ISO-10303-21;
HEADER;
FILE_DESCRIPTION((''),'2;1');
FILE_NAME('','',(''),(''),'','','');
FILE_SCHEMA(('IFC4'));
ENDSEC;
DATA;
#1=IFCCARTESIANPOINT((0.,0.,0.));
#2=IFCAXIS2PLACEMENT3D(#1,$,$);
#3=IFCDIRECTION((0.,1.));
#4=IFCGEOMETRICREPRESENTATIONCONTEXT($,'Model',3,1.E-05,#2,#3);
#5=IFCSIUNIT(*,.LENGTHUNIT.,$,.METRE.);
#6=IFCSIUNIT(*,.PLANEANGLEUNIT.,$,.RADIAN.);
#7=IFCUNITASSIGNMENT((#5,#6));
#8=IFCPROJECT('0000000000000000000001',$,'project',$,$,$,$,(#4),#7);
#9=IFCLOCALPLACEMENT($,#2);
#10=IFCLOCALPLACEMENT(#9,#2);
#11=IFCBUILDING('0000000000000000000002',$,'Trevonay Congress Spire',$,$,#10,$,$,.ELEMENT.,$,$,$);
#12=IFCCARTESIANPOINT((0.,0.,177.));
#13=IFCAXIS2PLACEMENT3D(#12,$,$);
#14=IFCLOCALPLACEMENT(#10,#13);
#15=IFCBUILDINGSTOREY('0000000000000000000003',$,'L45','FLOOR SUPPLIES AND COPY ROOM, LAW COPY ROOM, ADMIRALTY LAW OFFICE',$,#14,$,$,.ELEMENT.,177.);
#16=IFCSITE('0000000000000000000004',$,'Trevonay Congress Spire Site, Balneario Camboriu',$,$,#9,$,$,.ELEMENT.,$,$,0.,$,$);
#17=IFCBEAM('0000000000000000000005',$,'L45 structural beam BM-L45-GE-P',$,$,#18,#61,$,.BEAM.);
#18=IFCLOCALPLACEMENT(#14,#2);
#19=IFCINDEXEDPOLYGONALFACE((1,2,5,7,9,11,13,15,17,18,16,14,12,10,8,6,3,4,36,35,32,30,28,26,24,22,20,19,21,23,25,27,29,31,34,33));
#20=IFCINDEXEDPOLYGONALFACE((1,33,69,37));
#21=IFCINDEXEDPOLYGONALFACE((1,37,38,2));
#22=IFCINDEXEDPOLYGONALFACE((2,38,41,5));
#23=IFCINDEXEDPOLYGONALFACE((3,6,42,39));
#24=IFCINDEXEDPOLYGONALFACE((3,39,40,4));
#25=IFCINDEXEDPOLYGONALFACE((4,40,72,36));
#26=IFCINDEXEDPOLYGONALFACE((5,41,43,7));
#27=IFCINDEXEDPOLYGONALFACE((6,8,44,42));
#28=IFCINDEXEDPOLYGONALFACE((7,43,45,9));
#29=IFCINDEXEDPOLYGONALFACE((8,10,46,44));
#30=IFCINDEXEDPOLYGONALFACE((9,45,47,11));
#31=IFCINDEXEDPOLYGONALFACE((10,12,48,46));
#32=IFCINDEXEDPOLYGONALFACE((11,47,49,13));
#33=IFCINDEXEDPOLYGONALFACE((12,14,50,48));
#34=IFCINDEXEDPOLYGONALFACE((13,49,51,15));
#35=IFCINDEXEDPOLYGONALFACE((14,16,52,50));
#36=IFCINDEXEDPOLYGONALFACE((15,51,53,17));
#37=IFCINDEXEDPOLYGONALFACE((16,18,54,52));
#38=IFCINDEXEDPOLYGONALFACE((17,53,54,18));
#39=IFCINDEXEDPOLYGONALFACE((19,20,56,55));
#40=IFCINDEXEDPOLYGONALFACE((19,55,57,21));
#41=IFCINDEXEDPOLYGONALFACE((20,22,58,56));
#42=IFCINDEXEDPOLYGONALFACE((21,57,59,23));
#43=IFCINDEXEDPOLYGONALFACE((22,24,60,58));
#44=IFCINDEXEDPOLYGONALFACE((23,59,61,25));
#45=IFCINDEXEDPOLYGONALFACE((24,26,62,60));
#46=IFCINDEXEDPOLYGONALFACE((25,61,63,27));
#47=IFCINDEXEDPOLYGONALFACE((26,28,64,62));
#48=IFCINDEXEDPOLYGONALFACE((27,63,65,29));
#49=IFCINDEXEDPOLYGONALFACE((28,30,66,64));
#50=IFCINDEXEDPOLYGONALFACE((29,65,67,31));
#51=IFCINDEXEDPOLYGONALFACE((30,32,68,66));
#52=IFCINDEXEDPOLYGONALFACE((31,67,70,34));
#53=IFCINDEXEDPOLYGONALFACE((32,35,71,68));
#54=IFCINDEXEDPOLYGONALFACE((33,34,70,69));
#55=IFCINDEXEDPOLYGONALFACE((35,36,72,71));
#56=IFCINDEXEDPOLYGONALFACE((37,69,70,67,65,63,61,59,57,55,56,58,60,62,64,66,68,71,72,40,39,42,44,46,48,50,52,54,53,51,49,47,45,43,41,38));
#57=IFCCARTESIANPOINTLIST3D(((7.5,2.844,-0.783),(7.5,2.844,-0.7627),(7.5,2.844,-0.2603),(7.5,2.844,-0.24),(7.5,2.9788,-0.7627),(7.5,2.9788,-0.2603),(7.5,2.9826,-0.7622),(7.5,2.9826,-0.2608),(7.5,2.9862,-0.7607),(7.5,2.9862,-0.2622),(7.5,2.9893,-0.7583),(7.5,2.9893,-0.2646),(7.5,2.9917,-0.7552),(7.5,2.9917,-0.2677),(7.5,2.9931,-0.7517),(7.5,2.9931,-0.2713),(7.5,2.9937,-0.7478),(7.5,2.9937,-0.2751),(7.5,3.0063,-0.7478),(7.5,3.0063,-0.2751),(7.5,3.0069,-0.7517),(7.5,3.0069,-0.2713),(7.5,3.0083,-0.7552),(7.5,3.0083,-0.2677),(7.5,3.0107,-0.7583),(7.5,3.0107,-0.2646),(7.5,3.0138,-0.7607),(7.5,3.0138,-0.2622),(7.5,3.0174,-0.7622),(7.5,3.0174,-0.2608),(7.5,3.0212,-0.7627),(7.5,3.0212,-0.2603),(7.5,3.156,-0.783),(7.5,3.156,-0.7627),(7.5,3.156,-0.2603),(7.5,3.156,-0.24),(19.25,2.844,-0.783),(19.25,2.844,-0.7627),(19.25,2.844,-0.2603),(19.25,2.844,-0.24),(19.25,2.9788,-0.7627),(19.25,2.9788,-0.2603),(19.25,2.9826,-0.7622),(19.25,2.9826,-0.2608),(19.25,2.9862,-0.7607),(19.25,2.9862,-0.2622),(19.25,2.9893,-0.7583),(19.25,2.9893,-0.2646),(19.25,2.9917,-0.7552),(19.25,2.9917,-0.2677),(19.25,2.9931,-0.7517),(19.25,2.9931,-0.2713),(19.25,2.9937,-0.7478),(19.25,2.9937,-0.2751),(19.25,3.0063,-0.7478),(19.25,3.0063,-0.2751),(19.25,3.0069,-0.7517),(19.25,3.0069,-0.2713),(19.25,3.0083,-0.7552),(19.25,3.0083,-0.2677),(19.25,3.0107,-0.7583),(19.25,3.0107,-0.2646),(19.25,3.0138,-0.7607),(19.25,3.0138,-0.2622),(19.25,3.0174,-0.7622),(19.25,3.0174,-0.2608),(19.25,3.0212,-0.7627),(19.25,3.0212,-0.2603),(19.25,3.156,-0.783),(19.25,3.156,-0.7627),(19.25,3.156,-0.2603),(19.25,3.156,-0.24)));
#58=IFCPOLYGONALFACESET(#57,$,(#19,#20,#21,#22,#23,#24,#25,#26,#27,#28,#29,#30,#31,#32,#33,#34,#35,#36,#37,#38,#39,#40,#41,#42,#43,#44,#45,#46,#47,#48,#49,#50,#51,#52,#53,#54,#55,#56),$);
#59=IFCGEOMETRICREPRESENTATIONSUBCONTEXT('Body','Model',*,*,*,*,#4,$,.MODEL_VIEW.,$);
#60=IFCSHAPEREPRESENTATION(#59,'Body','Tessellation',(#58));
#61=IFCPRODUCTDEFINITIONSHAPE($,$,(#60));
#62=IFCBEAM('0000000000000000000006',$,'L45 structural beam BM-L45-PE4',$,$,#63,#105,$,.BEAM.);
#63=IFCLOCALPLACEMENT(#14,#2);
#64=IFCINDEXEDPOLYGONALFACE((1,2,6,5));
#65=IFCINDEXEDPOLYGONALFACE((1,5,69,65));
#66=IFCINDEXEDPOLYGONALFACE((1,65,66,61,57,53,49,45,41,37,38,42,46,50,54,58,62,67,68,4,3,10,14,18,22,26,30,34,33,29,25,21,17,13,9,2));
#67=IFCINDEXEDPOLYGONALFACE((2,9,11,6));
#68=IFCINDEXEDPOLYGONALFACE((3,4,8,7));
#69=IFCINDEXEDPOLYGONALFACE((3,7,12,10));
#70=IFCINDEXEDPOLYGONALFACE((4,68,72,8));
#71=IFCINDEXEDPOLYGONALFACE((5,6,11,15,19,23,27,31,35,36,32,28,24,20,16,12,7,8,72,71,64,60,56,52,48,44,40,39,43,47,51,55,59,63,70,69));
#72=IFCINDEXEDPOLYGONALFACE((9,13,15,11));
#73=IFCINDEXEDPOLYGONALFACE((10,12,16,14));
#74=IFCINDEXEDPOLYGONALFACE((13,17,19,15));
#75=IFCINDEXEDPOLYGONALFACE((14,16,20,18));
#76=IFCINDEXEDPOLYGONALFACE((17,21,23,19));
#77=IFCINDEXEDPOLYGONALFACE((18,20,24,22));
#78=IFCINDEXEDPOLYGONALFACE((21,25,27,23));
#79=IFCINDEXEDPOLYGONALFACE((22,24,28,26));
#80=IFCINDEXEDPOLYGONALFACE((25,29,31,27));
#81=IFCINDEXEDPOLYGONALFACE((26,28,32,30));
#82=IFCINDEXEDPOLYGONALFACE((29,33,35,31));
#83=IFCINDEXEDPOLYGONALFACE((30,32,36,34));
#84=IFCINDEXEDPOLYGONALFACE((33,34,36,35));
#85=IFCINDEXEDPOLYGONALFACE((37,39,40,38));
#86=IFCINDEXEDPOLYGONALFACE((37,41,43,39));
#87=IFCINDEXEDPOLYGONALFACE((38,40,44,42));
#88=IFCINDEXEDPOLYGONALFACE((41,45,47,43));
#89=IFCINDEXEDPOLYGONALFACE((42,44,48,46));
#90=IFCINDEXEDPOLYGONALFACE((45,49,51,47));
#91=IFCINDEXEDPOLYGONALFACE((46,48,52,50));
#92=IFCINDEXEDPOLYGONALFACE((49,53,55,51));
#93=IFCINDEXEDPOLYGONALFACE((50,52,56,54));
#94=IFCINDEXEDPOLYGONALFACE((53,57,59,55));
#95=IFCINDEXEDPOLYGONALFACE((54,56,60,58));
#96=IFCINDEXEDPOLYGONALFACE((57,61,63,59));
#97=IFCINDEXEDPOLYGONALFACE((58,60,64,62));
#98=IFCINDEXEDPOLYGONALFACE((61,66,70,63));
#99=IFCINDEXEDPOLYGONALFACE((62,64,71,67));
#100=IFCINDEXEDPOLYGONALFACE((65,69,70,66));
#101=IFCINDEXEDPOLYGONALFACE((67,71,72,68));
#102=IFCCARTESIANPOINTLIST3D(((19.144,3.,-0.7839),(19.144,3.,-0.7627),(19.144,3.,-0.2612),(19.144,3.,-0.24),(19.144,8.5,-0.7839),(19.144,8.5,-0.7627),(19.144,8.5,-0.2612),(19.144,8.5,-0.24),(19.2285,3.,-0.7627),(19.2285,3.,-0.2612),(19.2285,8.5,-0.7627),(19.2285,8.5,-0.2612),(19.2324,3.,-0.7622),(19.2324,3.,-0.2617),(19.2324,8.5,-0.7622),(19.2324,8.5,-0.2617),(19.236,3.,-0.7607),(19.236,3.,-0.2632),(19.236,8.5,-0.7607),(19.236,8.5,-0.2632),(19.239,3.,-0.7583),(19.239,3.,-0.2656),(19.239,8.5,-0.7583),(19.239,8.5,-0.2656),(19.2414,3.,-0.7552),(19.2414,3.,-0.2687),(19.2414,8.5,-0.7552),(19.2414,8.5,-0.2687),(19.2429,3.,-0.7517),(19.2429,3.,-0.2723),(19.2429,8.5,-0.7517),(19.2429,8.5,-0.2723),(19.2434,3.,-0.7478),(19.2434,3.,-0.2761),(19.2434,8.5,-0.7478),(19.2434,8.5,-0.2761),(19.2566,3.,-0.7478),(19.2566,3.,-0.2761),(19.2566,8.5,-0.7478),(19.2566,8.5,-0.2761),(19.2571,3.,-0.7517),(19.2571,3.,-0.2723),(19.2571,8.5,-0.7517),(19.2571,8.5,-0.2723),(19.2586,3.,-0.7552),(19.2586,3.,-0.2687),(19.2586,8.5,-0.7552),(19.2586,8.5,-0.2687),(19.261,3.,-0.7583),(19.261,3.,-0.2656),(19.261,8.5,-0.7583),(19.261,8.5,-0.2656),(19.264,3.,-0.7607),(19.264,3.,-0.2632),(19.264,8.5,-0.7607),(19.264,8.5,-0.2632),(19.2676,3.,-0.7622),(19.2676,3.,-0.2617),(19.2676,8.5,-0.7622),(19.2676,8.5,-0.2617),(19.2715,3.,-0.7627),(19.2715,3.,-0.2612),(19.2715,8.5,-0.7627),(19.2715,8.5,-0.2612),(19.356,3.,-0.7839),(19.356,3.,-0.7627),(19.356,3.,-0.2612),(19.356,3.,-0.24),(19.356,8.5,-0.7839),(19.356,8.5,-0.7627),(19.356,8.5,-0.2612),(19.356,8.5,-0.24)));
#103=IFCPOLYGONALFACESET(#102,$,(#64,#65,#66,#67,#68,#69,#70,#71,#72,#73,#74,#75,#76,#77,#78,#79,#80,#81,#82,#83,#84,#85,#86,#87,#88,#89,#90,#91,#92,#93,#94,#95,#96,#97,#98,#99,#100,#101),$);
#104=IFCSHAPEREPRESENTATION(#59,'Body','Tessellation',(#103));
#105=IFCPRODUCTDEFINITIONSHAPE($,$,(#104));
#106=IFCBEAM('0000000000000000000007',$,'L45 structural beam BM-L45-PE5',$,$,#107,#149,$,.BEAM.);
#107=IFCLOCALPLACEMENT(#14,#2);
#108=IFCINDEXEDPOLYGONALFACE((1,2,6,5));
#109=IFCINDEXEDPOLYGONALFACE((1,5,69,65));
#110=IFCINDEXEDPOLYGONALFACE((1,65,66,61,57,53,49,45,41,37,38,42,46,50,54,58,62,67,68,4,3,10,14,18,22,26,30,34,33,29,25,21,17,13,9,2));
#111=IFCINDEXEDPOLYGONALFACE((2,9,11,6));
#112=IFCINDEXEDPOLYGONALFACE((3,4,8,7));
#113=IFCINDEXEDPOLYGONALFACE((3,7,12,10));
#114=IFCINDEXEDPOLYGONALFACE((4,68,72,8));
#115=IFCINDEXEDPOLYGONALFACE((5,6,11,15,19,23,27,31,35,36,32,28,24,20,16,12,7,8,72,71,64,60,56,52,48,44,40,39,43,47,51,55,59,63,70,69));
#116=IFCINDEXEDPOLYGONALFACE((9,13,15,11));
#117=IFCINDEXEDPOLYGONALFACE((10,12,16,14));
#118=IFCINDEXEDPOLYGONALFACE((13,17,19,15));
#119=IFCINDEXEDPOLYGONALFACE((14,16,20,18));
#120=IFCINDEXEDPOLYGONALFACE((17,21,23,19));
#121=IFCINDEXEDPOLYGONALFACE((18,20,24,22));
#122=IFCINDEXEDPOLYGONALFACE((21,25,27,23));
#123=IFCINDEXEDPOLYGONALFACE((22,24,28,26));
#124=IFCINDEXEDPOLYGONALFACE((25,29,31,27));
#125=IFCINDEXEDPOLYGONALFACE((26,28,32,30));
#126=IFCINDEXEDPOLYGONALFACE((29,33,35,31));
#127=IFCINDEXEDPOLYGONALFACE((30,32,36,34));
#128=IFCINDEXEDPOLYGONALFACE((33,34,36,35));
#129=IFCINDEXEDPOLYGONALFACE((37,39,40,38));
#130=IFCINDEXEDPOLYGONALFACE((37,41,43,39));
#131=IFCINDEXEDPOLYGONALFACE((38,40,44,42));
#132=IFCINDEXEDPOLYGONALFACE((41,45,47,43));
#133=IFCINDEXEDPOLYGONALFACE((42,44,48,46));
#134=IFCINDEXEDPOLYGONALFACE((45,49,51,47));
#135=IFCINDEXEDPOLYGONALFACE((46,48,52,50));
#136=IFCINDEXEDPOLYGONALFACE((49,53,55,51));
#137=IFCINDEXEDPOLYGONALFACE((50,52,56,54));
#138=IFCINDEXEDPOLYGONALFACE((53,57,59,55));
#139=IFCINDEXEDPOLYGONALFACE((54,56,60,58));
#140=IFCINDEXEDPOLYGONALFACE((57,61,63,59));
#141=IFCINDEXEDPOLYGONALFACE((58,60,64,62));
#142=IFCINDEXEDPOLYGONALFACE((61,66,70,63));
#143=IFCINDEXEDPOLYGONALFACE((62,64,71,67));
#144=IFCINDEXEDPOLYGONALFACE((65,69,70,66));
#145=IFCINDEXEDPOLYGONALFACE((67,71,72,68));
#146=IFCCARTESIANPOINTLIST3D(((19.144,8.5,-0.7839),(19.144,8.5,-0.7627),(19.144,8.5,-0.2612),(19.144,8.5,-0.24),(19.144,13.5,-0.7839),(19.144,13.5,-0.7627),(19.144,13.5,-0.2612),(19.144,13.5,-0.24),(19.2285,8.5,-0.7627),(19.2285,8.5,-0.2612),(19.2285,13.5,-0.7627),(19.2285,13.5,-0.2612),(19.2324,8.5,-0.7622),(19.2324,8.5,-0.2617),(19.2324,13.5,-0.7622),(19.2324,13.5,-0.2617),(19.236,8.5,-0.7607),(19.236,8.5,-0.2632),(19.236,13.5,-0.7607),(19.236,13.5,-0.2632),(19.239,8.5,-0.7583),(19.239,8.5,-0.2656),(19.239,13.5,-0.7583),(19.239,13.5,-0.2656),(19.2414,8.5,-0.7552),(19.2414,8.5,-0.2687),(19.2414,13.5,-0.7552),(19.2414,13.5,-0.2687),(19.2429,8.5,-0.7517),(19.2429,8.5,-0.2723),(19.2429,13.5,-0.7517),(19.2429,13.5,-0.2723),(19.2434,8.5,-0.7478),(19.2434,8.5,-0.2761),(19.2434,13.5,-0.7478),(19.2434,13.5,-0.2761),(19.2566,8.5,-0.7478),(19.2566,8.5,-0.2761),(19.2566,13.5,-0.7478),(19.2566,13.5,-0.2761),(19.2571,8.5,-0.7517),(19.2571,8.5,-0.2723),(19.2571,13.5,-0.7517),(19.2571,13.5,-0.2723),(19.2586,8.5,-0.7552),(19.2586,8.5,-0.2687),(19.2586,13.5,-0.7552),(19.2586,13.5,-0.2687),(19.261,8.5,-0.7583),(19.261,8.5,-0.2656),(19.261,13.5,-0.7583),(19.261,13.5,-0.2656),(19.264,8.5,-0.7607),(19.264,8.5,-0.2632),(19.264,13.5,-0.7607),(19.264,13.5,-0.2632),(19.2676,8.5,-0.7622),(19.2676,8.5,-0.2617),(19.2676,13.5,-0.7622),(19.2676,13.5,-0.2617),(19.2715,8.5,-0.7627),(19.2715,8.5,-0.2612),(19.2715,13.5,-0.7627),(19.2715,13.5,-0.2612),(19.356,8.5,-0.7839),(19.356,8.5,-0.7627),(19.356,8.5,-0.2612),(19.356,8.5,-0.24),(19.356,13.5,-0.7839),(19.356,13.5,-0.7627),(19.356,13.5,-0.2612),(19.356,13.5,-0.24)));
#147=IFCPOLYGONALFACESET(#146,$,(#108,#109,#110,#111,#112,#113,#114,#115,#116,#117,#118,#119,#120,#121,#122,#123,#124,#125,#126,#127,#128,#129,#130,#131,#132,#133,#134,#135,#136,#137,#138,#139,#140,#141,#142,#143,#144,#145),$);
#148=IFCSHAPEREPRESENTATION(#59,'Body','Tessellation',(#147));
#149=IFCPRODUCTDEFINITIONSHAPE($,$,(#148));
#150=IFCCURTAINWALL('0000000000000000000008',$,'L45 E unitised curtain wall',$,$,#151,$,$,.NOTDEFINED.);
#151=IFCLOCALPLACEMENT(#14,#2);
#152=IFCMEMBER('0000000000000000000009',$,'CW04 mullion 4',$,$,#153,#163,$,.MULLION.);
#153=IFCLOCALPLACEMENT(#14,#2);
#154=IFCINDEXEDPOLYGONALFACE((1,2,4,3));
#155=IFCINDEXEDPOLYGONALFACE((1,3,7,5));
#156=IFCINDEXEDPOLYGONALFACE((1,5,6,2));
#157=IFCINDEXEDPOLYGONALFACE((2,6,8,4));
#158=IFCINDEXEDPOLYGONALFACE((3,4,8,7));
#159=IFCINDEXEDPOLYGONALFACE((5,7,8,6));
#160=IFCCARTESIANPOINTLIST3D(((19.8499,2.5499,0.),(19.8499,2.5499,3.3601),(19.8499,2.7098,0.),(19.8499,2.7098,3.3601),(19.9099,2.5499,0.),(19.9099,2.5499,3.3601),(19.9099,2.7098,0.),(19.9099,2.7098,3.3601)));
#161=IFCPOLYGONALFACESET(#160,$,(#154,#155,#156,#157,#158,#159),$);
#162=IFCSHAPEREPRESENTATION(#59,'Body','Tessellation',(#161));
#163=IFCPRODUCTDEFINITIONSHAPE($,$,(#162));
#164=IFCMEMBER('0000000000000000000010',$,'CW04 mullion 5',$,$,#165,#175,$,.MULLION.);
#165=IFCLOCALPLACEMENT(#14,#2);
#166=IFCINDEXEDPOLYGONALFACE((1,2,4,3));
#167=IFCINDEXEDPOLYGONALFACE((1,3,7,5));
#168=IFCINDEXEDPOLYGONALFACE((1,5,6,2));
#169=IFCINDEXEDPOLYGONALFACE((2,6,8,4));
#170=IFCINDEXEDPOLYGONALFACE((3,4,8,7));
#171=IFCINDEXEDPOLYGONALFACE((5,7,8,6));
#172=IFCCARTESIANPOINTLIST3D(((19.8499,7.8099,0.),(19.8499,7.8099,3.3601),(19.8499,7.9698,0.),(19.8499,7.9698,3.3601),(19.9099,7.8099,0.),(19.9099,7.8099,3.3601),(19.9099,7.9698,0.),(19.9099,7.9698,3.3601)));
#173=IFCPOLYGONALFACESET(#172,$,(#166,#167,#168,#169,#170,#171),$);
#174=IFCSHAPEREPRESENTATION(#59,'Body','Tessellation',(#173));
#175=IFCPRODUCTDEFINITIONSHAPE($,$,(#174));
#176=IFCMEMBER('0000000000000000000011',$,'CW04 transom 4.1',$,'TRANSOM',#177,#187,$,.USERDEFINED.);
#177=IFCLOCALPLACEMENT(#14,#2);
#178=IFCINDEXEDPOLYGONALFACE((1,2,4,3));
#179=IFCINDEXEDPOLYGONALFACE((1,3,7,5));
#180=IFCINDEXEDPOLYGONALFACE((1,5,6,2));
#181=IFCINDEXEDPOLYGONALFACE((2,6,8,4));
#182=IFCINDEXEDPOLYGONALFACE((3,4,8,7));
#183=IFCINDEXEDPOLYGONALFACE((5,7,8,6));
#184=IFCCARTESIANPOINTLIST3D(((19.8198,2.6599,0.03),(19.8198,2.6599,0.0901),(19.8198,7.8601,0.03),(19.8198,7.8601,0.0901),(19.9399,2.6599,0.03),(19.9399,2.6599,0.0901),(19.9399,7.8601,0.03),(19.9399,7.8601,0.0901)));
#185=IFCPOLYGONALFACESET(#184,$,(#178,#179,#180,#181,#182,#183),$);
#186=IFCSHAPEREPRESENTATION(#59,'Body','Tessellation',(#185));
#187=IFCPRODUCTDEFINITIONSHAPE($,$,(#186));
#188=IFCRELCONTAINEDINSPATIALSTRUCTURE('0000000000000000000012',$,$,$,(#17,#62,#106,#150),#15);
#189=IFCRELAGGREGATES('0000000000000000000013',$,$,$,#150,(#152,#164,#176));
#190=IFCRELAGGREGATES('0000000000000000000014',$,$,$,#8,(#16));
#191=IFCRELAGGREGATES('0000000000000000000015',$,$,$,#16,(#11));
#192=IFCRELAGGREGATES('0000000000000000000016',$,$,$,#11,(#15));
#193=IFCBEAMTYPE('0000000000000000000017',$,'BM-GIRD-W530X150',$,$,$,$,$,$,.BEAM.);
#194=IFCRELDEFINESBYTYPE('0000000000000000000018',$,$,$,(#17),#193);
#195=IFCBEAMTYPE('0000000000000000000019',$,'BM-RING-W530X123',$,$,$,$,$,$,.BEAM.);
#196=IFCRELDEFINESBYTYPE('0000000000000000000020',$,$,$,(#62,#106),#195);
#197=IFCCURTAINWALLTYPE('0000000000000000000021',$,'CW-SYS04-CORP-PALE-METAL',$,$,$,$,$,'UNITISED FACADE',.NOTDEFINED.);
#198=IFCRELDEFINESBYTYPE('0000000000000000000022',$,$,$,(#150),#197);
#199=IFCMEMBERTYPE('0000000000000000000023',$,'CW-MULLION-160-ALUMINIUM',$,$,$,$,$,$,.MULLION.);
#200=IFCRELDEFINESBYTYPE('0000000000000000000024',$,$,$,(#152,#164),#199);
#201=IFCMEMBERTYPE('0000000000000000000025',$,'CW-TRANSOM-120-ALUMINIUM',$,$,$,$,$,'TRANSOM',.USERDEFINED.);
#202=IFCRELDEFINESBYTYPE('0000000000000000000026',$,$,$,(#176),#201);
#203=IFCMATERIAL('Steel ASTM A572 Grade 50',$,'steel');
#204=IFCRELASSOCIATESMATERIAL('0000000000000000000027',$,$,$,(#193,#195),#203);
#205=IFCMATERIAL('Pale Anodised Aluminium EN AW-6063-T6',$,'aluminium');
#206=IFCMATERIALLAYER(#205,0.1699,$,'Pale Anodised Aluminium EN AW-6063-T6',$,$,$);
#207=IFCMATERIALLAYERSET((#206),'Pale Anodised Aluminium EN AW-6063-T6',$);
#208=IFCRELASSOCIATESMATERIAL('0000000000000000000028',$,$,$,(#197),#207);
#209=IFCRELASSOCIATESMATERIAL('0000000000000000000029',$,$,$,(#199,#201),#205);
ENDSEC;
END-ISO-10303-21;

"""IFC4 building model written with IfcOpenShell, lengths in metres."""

from ifc_helpers import new_model, si_unit, direction, frame, origin, origin_2d, place, context, subcontext, project, spatial, rectangle, i_section, extrude, material, layer, layer_set, material_profile, profile_set, type_object, element, aggregate, save


model = new_model("IFC4")

# Units and contexts
model_context = context("Model", 3, precision=1e-05, world=origin(), true_north=direction((0.0, 1.0)))
body_context = subcontext(model_context, "Body", "Model", "MODEL_VIEW")
ifc_project = project(units=[si_unit("LENGTHUNIT", "METRE"), si_unit("PLANEANGLEUNIT", "RADIAN")], contexts=[model_context])

# Site, building, storey
site_placement = place(None, origin())
site = spatial("IfcSite", under=ifc_project, at=site_placement, Name="Trevonay Congress Spire Site, Balneario Camboriu", CompositionType="ELEMENT", RefElevation=0.0)
building_placement = place(site_placement, origin())
building = spatial("IfcBuilding", under=site, at=building_placement, Name="Trevonay Congress Spire", CompositionType="ELEMENT")
storey_placement = place(building_placement, frame((0.0, 0.0, 177.0)))
storey = spatial("IfcBuildingStorey", under=building, at=storey_placement, Name="L45", Description="FLOOR SUPPLIES AND COPY ROOM, LAW COPY ROOM, ADMIRALTY LAW OFFICE", CompositionType="ELEMENT", Elevation=177.0)

# Shared definitions
ifc_material_1 = material(Name="Steel ASTM A572 Grade 50", Category="steel")

# Beams
ifc_material_profile_1 = material_profile(ifc_material_1, i_section(OverallWidth=0.312, OverallDepth=0.543, WebThickness=0.0127, FlangeThickness=0.0203, FilletRadius=0.0149, at=origin_2d()), Name="W530x150")
ifc_profile_set_1 = profile_set([ifc_material_profile_1], Name="Steel ASTM A572 Grade 50")
beam_type_1 = type_object("IfcBeamType", Name="BM-GIRD-W530X150", PredefinedType="BEAM", material=ifc_profile_set_1)
beam_1_placement = place(storey_placement, frame((7.5, 3.0, -0.5115), z_axis=(1.0, 0.0, 0.0), x_axis=(0.0, 1.0, 0.0)))
element("IfcBeam", 1, at=beam_1_placement, inside=storey, type_object=beam_type_1, Name="L45 structural beam BM-L45-GE-P", PredefinedType="BEAM", context=body_context, shape_type="SweptSolid", body=[
    extrude(i_section(OverallWidth=0.312, OverallDepth=0.543, WebThickness=0.0127, FlangeThickness=0.0203, FilletRadius=0.0149, at=origin_2d()), origin(), (0.0, 0.0, 1.0), 11.75),
])
ifc_material_profile_2 = material_profile(ifc_material_1, i_section(OverallWidth=0.2119, OverallDepth=0.5439, WebThickness=0.0132, FlangeThickness=0.0212, FilletRadius=0.0149, at=origin_2d()), Name="W530x123")
ifc_profile_set_2 = profile_set([ifc_material_profile_2], Name="Steel ASTM A572 Grade 50")
beam_type_2 = type_object("IfcBeamType", Name="BM-RING-W530X123", PredefinedType="BEAM", material=ifc_profile_set_2)
beam_2_placement = place(storey_placement, frame((19.25, 3.0, -0.512), z_axis=(0.0, 1.0, 0.0), x_axis=(-1.0, 0.0, 0.0)))
element("IfcBeam", 2, at=beam_2_placement, inside=storey, type_object=beam_type_2, Name="L45 structural beam BM-L45-PE4", PredefinedType="BEAM", context=body_context, shape_type="SweptSolid", body=[
    extrude(i_section(OverallWidth=0.2119, OverallDepth=0.5439, WebThickness=0.0132, FlangeThickness=0.0212, FilletRadius=0.0149, at=origin_2d()), origin(), (0.0, 0.0, 1.0), 5.5),
])
beam_3_placement = place(storey_placement, frame((19.25, 8.5, -0.512), z_axis=(0.0, 1.0, 0.0), x_axis=(-1.0, 0.0, 0.0)))
element("IfcBeam", 3, at=beam_3_placement, inside=storey, type_object=beam_type_2, Name="L45 structural beam BM-L45-PE5", PredefinedType="BEAM", context=body_context, shape_type="SweptSolid", body=[
    extrude(i_section(OverallWidth=0.2119, OverallDepth=0.5439, WebThickness=0.0132, FlangeThickness=0.0212, FilletRadius=0.0149, at=origin_2d()), origin(), (0.0, 0.0, 1.0), 5.0),
])

# Curtain wall, members
ifc_material_2 = material(Name="Pale Anodised Aluminium EN AW-6063-T6", Category="aluminium")
ifc_layer_1 = layer(ifc_material_2, 0.1699, Name="Pale Anodised Aluminium EN AW-6063-T6")
ifc_layer_set_1 = layer_set([ifc_layer_1], Name="Pale Anodised Aluminium EN AW-6063-T6")
curtain_wall_type = type_object("IfcCurtainWallType", Name="CW-SYS04-CORP-PALE-METAL", ElementType="UNITISED FACADE", PredefinedType="NOTDEFINED", material=ifc_layer_set_1)
curtain_wall_placement = place(storey_placement, origin())
curtain_wall = element("IfcCurtainWall", 4, at=curtain_wall_placement, inside=storey, type_object=curtain_wall_type, Name="L45 E unitised curtain wall", PredefinedType="NOTDEFINED")
ifc_material_profile_3 = material_profile(ifc_material_2, rectangle(XDim=0.0601, YDim=0.1599, at=origin_2d()), Name="CW-MULLION-160-ALUMINIUM")
ifc_profile_set_3 = profile_set([ifc_material_profile_3], Name="Pale Anodised Aluminium EN AW-6063-T6")
member_type_1 = type_object("IfcMemberType", Name="CW-MULLION-160-ALUMINIUM", PredefinedType="MULLION", material=ifc_profile_set_3)
member_1_placement = place(storey_placement, frame((19.8799, 2.6299, 0.0), z_axis=(0.0, 0.0, 1.0), x_axis=(-1.0, 0.0, 0.0)))
member_1 = element("IfcMember", 5, at=member_1_placement, type_object=member_type_1, Name="CW04 mullion 4", PredefinedType="MULLION", context=body_context, shape_type="SweptSolid", body=[
    extrude(rectangle(XDim=0.0601, YDim=0.1599, at=origin_2d()), origin(), (0.0, 0.0, 1.0), 3.3601),
])
member_2_placement = place(storey_placement, frame((19.8799, 7.8899, 0.0), z_axis=(0.0, 0.0, 1.0), x_axis=(-1.0, 0.0, 0.0)))
member_2 = element("IfcMember", 6, at=member_2_placement, type_object=member_type_1, Name="CW04 mullion 5", PredefinedType="MULLION", context=body_context, shape_type="SweptSolid", body=[
    extrude(rectangle(XDim=0.0601, YDim=0.1599, at=origin_2d()), origin(), (0.0, 0.0, 1.0), 3.3601),
])
ifc_material_profile_4 = material_profile(ifc_material_2, rectangle(XDim=0.1201, YDim=0.0601, at=origin_2d()), Name="CW-TRANSOM-120-ALUMINIUM")
ifc_profile_set_4 = profile_set([ifc_material_profile_4], Name="Pale Anodised Aluminium EN AW-6063-T6")
member_type_2 = type_object("IfcMemberType", Name="CW-TRANSOM-120-ALUMINIUM", ElementType="TRANSOM", PredefinedType="USERDEFINED", material=ifc_profile_set_4)
member_3_placement = place(storey_placement, frame((19.8799, 2.6599, 0.0601), z_axis=(0.0, 1.0, 0.0), x_axis=(-1.0, 0.0, 0.0)))
member_3 = element("IfcMember", 7, at=member_3_placement, type_object=member_type_2, Name="CW04 transom 4.1", ObjectType="TRANSOM", PredefinedType="USERDEFINED", context=body_context, shape_type="SweptSolid", body=[
    extrude(rectangle(XDim=0.1201, YDim=0.0601, at=origin_2d()), origin(), (0.0, 0.0, 1.0), 5.2002),
])
aggregate(curtain_wall, [member_1, member_2, member_3])

save(model, "model.ifc")
